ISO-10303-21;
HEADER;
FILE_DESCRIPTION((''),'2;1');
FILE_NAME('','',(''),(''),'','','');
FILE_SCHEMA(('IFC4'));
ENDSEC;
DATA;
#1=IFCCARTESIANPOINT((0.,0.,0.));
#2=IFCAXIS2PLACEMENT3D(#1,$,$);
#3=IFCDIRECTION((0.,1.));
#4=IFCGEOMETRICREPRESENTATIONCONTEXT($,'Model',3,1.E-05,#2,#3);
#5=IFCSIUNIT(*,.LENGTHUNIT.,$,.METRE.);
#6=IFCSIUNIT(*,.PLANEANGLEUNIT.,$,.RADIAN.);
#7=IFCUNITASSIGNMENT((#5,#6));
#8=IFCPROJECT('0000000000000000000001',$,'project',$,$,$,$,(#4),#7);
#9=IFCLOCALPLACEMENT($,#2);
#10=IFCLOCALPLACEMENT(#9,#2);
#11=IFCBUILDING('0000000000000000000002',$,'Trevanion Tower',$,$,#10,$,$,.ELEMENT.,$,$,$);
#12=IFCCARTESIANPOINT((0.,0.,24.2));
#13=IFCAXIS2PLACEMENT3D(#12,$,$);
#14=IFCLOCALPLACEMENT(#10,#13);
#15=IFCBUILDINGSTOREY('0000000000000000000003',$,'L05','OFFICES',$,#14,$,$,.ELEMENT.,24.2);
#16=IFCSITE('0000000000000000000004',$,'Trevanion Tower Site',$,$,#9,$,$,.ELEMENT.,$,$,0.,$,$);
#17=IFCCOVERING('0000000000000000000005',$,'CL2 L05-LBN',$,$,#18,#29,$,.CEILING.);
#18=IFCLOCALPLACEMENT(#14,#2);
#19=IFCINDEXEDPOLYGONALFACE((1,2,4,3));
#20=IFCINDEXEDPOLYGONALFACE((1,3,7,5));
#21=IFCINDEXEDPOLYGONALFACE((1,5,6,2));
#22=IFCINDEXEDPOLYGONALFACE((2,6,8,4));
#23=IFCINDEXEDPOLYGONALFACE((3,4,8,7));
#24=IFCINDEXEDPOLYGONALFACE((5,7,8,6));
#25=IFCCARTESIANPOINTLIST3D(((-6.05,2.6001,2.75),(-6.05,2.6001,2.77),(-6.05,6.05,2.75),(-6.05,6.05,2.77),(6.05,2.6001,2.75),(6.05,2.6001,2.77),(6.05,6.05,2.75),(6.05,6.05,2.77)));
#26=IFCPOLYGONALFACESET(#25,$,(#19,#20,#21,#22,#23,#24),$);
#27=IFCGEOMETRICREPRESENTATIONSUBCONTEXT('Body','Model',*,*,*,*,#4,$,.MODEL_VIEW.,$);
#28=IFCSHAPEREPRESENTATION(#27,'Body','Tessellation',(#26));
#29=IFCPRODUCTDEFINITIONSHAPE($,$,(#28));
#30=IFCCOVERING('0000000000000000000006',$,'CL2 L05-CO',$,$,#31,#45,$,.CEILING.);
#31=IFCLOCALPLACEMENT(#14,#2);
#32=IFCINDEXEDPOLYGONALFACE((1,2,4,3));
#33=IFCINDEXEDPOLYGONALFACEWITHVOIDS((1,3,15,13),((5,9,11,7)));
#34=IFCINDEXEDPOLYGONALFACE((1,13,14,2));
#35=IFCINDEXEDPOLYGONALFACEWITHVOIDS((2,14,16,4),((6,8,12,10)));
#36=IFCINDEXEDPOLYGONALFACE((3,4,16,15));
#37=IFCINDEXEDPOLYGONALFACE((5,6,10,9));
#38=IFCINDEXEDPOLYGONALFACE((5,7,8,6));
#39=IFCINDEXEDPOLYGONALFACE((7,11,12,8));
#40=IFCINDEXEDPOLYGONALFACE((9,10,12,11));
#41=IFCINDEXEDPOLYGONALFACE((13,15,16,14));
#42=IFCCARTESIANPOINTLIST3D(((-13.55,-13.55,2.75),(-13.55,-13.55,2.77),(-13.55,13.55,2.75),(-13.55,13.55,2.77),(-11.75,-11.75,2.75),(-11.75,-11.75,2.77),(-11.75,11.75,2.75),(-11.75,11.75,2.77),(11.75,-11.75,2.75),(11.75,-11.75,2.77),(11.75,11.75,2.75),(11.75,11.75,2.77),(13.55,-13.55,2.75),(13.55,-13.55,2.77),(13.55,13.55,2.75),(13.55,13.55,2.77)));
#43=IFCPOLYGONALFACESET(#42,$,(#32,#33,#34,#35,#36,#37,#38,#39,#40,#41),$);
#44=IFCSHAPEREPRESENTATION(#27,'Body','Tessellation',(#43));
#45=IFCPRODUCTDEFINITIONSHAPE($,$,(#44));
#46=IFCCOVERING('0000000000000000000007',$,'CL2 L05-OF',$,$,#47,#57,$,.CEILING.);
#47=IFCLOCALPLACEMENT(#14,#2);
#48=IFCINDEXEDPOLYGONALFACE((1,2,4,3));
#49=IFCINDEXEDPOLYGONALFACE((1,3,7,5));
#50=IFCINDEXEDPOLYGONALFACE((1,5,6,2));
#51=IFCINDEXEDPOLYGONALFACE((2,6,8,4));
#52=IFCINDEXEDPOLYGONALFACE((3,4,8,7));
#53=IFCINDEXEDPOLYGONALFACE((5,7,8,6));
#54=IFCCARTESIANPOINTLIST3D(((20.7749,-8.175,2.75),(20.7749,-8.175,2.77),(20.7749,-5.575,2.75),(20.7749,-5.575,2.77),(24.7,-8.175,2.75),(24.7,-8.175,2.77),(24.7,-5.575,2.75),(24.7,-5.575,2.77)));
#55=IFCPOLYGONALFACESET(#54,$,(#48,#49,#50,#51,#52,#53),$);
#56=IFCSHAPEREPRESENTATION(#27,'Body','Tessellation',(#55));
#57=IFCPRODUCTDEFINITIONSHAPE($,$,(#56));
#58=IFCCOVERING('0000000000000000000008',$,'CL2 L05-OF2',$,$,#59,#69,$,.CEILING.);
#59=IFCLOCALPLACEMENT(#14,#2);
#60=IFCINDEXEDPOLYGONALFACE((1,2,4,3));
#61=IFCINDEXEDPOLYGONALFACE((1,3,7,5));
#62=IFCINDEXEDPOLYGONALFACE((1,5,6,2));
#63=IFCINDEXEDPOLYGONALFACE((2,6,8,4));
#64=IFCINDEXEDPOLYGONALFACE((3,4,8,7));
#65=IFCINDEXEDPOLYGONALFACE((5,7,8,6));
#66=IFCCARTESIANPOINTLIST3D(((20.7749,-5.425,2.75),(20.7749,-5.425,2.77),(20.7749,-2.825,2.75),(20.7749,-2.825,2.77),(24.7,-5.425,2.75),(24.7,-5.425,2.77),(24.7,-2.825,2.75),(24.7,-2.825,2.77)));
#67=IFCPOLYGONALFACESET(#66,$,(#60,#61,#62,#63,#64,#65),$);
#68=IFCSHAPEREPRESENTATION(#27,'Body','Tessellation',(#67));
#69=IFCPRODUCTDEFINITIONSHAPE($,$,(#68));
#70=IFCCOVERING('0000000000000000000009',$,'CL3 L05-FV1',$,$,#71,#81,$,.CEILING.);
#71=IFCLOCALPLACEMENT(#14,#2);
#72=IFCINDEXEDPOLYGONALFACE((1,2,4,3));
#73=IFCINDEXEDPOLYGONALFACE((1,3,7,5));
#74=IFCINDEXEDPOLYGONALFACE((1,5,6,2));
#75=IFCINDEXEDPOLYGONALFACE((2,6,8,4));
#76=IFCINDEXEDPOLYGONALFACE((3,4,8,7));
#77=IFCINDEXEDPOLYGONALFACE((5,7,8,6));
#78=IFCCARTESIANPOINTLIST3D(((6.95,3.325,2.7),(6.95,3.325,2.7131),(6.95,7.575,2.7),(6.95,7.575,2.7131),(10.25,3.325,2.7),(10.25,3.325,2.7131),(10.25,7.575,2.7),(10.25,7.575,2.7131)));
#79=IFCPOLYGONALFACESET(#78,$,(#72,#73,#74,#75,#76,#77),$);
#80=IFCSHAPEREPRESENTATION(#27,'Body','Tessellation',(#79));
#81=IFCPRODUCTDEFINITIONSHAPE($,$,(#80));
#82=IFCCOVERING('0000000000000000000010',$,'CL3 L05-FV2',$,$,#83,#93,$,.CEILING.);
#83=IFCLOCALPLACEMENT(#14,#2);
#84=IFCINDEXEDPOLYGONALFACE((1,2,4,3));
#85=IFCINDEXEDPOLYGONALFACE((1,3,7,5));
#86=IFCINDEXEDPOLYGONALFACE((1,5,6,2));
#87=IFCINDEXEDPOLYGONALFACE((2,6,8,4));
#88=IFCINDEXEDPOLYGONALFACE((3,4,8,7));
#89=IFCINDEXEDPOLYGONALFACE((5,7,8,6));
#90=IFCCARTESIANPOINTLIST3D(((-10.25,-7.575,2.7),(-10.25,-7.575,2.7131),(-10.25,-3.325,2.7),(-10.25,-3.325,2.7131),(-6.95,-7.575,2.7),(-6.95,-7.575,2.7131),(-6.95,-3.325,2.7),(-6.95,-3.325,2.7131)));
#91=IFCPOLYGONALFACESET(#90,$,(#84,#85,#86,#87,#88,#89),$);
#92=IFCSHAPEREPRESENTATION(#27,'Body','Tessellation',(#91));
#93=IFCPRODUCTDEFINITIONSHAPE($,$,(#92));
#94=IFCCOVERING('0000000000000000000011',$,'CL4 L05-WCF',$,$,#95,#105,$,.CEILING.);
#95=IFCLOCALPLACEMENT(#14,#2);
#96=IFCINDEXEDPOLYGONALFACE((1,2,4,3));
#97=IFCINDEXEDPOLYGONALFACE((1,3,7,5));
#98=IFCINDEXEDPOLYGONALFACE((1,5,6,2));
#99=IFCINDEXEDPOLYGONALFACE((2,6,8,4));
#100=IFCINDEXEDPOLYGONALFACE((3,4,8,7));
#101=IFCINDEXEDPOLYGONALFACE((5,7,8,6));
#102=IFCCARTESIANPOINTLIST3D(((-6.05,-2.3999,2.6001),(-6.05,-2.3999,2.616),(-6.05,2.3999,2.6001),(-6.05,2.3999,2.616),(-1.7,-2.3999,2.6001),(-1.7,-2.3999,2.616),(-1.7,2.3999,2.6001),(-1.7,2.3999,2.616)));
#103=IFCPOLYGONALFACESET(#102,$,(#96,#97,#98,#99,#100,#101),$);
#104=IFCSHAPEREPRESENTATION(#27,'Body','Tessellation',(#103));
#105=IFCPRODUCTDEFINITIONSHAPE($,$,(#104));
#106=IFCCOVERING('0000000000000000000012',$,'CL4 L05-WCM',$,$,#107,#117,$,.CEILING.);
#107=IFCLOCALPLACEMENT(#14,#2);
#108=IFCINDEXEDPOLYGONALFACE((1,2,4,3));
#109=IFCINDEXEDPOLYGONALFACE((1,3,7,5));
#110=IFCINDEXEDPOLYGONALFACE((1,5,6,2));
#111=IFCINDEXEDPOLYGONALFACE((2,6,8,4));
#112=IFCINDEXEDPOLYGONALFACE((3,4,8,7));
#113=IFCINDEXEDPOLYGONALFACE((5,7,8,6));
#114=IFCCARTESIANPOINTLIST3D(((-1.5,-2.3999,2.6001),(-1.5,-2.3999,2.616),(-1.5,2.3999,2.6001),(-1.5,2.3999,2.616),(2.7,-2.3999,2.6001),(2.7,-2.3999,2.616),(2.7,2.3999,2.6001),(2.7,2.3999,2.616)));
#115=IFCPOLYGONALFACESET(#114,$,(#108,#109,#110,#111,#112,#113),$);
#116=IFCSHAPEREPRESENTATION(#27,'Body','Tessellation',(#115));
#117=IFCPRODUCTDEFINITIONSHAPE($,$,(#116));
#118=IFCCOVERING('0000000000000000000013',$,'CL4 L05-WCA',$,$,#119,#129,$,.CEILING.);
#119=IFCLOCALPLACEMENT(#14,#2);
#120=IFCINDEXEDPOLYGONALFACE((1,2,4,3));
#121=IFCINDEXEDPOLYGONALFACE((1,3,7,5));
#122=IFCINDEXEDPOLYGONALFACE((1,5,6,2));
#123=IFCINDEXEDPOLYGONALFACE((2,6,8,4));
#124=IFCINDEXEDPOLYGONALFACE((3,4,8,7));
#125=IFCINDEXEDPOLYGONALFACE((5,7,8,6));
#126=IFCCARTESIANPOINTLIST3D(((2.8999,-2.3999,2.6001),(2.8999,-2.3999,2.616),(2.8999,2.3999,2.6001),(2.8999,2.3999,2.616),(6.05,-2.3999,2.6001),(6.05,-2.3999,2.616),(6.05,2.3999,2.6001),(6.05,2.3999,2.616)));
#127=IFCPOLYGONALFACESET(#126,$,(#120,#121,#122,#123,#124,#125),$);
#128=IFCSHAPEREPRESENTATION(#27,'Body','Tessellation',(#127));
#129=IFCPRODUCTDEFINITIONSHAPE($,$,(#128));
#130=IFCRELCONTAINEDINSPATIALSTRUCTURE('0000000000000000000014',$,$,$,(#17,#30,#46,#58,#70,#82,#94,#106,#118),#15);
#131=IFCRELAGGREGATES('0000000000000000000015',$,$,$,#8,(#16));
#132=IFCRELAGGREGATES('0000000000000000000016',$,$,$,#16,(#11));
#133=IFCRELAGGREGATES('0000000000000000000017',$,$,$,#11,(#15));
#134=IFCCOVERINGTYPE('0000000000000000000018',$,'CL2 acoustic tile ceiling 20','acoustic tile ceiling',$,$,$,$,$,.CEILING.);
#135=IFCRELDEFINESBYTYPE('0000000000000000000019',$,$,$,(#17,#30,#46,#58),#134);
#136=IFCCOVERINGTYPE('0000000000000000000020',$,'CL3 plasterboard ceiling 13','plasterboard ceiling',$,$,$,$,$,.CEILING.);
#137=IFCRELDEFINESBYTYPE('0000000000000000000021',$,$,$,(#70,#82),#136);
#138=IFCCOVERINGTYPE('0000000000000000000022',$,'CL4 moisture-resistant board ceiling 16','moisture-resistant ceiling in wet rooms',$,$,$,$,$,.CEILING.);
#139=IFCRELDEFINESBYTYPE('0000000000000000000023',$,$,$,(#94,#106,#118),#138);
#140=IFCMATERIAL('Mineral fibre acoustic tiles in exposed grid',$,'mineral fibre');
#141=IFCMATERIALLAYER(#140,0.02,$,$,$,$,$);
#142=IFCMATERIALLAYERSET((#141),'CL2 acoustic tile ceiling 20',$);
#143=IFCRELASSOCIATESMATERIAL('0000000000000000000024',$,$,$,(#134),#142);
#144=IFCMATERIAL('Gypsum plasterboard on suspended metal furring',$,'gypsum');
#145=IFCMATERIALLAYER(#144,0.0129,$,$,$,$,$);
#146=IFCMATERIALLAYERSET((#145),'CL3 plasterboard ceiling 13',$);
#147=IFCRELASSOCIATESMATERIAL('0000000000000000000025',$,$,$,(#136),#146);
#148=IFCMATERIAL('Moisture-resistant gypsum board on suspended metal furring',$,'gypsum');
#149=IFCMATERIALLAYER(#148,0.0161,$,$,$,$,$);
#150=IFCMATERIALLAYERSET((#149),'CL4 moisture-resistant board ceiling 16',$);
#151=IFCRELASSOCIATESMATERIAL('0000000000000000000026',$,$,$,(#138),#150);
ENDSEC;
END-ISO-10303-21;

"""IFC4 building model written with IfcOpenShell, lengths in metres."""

from ifc_helpers import new_model, si_unit, direction, frame, origin, place, context, subcontext, project, spatial, polyline, outline, extrude, material, layer, layer_set, type_object, element, save


model = new_model("IFC4")

# Units and contexts
model_context = context("Model", 3, precision=1e-05, world=origin(), true_north=direction((0.0, 1.0)))
body_context = subcontext(model_context, "Body", "Model", "MODEL_VIEW")
ifc_project = project(units=[si_unit("LENGTHUNIT", "METRE"), si_unit("PLANEANGLEUNIT", "RADIAN")], contexts=[model_context])

# Site, building, storey
site_placement = place(None, origin())
site = spatial("IfcSite", under=ifc_project, at=site_placement, Name="Trevanion Tower Site", CompositionType="ELEMENT", RefElevation=0.0)
building_placement = place(site_placement, origin())
building = spatial("IfcBuilding", under=site, at=building_placement, Name="Trevanion Tower", CompositionType="ELEMENT")
storey_placement = place(building_placement, frame((0.0, 0.0, 24.2)))
storey = spatial("IfcBuildingStorey", under=building, at=storey_placement, Name="L05", Description="OFFICES", CompositionType="ELEMENT", Elevation=24.2)

# Coverings
ifc_material_1 = material(Name="Mineral fibre acoustic tiles in exposed grid", Category="mineral fibre")
ifc_layer_1 = layer(ifc_material_1, 0.02)
ifc_layer_set_1 = layer_set([ifc_layer_1], Name="CL2 acoustic tile ceiling 20")
covering_type_1 = type_object("IfcCoveringType", Name="CL2 acoustic tile ceiling 20", Description="acoustic tile ceiling", PredefinedType="CEILING", material=ifc_layer_set_1)
covering_1_placement = place(storey_placement, frame((0.0, 0.0, 2.75)))
element("IfcCovering", 1, at=covering_1_placement, inside=storey, type_object=covering_type_1, Name="CL2 L05-LBN", PredefinedType="CEILING", context=body_context, shape_type="SweptSolid", body=[
    extrude(outline(polyline([(6.05, 2.6001), (6.05, 6.05), (-6.05, 6.05), (-6.05, 2.6001), (6.05, 2.6001)])), origin(), (0.0, 0.0, 1.0), 0.02),
])
covering_2_placement = place(storey_placement, frame((0.0, 0.0, 2.75)))
element("IfcCovering", 2, at=covering_2_placement, inside=storey, type_object=covering_type_1, Name="CL2 L05-CO", PredefinedType="CEILING", context=body_context, shape_type="SweptSolid", body=[
    extrude(outline(polyline([(-13.55, 13.55), (13.55, 13.55), (13.55, -13.55), (-13.55, -13.55), (-13.55, 13.55)]), holes=[polyline([(-11.75, 11.75), (-11.75, -11.75), (11.75, -11.75), (11.75, 11.75), (-11.75, 11.75)])]), origin(), (0.0, 0.0, 1.0), 0.02),
])
covering_3_placement = place(storey_placement, frame((0.0, 0.0, 2.75)))
element("IfcCovering", 3, at=covering_3_placement, inside=storey, type_object=covering_type_1, Name="CL2 L05-OF", PredefinedType="CEILING", context=body_context, shape_type="SweptSolid", body=[
    extrude(outline(polyline([(20.7749, -8.175), (20.7749, -5.575), (24.7, -5.575), (24.7, -8.175), (20.7749, -8.175)])), origin(), (0.0, 0.0, 1.0), 0.02),
])
covering_4_placement = place(storey_placement, frame((0.0, 0.0, 2.75)))
element("IfcCovering", 4, at=covering_4_placement, inside=storey, type_object=covering_type_1, Name="CL2 L05-OF2", PredefinedType="CEILING", context=body_context, shape_type="SweptSolid", body=[
    extrude(outline(polyline([(20.7749, -5.425), (20.7749, -2.825), (24.7, -2.825), (24.7, -5.425), (20.7749, -5.425)])), origin(), (0.0, 0.0, 1.0), 0.02),
])
ifc_material_2 = material(Name="Gypsum plasterboard on suspended metal furring", Category="gypsum")
ifc_layer_2 = layer(ifc_material_2, 0.0129)
ifc_layer_set_2 = layer_set([ifc_layer_2], Name="CL3 plasterboard ceiling 13")
covering_type_2 = type_object("IfcCoveringType", Name="CL3 plasterboard ceiling 13", Description="plasterboard ceiling", PredefinedType="CEILING", material=ifc_layer_set_2)
covering_5_placement = place(storey_placement, frame((0.0, 0.0, 2.7)))
element("IfcCovering", 5, at=covering_5_placement, inside=storey, type_object=covering_type_2, Name="CL3 L05-FV1", PredefinedType="CEILING", context=body_context, shape_type="SweptSolid", body=[
    extrude(outline(polyline([(10.25, 3.325), (10.25, 7.575), (6.95, 7.575), (6.95, 3.325), (10.25, 3.325)])), origin(), (0.0, 0.0, 1.0), 0.0132),
])
covering_6_placement = place(storey_placement, frame((0.0, 0.0, 2.7)))
element("IfcCovering", 6, at=covering_6_placement, inside=storey, type_object=covering_type_2, Name="CL3 L05-FV2", PredefinedType="CEILING", context=body_context, shape_type="SweptSolid", body=[
    extrude(outline(polyline([(-10.25, -3.325), (-10.25, -7.575), (-6.95, -7.575), (-6.95, -3.325), (-10.25, -3.325)])), origin(), (0.0, 0.0, 1.0), 0.0132),
])
ifc_material_3 = material(Name="Moisture-resistant gypsum board on suspended metal furring", Category="gypsum")
ifc_layer_3 = layer(ifc_material_3, 0.0161)
ifc_layer_set_3 = layer_set([ifc_layer_3], Name="CL4 moisture-resistant board ceiling 16")
covering_type_3 = type_object("IfcCoveringType", Name="CL4 moisture-resistant board ceiling 16", Description="moisture-resistant ceiling in wet rooms", PredefinedType="CEILING", material=ifc_layer_set_3)
covering_7_placement = place(storey_placement, frame((0.0, 0.0, 2.6001)))
element("IfcCovering", 7, at=covering_7_placement, inside=storey, type_object=covering_type_3, Name="CL4 L05-WCF", PredefinedType="CEILING", context=body_context, shape_type="SweptSolid", body=[
    extrude(outline(polyline([(-1.7, -2.3999), (-1.7, 2.3999), (-6.05, 2.3999), (-6.05, -2.3999), (-1.7, -2.3999)])), origin(), (0.0, 0.0, 1.0), 0.0159),
])
covering_8_placement = place(storey_placement, frame((0.0, 0.0, 2.6001)))
element("IfcCovering", 8, at=covering_8_placement, inside=storey, type_object=covering_type_3, Name="CL4 L05-WCM", PredefinedType="CEILING", context=body_context, shape_type="SweptSolid", body=[
    extrude(outline(polyline([(2.7, -2.3999), (2.7, 2.3999), (-1.5, 2.3999), (-1.5, -2.3999), (2.7, -2.3999)])), origin(), (0.0, 0.0, 1.0), 0.0159),
])
covering_9_placement = place(storey_placement, frame((0.0, 0.0, 2.6001)))
element("IfcCovering", 9, at=covering_9_placement, inside=storey, type_object=covering_type_3, Name="CL4 L05-WCA", PredefinedType="CEILING", context=body_context, shape_type="SweptSolid", body=[
    extrude(outline(polyline([(6.05, -2.3999), (6.05, 2.3999), (2.8999, 2.3999), (2.8999, -2.3999), (6.05, -2.3999)])), origin(), (0.0, 0.0, 1.0), 0.0159),
])

save(model, "model.ifc")
